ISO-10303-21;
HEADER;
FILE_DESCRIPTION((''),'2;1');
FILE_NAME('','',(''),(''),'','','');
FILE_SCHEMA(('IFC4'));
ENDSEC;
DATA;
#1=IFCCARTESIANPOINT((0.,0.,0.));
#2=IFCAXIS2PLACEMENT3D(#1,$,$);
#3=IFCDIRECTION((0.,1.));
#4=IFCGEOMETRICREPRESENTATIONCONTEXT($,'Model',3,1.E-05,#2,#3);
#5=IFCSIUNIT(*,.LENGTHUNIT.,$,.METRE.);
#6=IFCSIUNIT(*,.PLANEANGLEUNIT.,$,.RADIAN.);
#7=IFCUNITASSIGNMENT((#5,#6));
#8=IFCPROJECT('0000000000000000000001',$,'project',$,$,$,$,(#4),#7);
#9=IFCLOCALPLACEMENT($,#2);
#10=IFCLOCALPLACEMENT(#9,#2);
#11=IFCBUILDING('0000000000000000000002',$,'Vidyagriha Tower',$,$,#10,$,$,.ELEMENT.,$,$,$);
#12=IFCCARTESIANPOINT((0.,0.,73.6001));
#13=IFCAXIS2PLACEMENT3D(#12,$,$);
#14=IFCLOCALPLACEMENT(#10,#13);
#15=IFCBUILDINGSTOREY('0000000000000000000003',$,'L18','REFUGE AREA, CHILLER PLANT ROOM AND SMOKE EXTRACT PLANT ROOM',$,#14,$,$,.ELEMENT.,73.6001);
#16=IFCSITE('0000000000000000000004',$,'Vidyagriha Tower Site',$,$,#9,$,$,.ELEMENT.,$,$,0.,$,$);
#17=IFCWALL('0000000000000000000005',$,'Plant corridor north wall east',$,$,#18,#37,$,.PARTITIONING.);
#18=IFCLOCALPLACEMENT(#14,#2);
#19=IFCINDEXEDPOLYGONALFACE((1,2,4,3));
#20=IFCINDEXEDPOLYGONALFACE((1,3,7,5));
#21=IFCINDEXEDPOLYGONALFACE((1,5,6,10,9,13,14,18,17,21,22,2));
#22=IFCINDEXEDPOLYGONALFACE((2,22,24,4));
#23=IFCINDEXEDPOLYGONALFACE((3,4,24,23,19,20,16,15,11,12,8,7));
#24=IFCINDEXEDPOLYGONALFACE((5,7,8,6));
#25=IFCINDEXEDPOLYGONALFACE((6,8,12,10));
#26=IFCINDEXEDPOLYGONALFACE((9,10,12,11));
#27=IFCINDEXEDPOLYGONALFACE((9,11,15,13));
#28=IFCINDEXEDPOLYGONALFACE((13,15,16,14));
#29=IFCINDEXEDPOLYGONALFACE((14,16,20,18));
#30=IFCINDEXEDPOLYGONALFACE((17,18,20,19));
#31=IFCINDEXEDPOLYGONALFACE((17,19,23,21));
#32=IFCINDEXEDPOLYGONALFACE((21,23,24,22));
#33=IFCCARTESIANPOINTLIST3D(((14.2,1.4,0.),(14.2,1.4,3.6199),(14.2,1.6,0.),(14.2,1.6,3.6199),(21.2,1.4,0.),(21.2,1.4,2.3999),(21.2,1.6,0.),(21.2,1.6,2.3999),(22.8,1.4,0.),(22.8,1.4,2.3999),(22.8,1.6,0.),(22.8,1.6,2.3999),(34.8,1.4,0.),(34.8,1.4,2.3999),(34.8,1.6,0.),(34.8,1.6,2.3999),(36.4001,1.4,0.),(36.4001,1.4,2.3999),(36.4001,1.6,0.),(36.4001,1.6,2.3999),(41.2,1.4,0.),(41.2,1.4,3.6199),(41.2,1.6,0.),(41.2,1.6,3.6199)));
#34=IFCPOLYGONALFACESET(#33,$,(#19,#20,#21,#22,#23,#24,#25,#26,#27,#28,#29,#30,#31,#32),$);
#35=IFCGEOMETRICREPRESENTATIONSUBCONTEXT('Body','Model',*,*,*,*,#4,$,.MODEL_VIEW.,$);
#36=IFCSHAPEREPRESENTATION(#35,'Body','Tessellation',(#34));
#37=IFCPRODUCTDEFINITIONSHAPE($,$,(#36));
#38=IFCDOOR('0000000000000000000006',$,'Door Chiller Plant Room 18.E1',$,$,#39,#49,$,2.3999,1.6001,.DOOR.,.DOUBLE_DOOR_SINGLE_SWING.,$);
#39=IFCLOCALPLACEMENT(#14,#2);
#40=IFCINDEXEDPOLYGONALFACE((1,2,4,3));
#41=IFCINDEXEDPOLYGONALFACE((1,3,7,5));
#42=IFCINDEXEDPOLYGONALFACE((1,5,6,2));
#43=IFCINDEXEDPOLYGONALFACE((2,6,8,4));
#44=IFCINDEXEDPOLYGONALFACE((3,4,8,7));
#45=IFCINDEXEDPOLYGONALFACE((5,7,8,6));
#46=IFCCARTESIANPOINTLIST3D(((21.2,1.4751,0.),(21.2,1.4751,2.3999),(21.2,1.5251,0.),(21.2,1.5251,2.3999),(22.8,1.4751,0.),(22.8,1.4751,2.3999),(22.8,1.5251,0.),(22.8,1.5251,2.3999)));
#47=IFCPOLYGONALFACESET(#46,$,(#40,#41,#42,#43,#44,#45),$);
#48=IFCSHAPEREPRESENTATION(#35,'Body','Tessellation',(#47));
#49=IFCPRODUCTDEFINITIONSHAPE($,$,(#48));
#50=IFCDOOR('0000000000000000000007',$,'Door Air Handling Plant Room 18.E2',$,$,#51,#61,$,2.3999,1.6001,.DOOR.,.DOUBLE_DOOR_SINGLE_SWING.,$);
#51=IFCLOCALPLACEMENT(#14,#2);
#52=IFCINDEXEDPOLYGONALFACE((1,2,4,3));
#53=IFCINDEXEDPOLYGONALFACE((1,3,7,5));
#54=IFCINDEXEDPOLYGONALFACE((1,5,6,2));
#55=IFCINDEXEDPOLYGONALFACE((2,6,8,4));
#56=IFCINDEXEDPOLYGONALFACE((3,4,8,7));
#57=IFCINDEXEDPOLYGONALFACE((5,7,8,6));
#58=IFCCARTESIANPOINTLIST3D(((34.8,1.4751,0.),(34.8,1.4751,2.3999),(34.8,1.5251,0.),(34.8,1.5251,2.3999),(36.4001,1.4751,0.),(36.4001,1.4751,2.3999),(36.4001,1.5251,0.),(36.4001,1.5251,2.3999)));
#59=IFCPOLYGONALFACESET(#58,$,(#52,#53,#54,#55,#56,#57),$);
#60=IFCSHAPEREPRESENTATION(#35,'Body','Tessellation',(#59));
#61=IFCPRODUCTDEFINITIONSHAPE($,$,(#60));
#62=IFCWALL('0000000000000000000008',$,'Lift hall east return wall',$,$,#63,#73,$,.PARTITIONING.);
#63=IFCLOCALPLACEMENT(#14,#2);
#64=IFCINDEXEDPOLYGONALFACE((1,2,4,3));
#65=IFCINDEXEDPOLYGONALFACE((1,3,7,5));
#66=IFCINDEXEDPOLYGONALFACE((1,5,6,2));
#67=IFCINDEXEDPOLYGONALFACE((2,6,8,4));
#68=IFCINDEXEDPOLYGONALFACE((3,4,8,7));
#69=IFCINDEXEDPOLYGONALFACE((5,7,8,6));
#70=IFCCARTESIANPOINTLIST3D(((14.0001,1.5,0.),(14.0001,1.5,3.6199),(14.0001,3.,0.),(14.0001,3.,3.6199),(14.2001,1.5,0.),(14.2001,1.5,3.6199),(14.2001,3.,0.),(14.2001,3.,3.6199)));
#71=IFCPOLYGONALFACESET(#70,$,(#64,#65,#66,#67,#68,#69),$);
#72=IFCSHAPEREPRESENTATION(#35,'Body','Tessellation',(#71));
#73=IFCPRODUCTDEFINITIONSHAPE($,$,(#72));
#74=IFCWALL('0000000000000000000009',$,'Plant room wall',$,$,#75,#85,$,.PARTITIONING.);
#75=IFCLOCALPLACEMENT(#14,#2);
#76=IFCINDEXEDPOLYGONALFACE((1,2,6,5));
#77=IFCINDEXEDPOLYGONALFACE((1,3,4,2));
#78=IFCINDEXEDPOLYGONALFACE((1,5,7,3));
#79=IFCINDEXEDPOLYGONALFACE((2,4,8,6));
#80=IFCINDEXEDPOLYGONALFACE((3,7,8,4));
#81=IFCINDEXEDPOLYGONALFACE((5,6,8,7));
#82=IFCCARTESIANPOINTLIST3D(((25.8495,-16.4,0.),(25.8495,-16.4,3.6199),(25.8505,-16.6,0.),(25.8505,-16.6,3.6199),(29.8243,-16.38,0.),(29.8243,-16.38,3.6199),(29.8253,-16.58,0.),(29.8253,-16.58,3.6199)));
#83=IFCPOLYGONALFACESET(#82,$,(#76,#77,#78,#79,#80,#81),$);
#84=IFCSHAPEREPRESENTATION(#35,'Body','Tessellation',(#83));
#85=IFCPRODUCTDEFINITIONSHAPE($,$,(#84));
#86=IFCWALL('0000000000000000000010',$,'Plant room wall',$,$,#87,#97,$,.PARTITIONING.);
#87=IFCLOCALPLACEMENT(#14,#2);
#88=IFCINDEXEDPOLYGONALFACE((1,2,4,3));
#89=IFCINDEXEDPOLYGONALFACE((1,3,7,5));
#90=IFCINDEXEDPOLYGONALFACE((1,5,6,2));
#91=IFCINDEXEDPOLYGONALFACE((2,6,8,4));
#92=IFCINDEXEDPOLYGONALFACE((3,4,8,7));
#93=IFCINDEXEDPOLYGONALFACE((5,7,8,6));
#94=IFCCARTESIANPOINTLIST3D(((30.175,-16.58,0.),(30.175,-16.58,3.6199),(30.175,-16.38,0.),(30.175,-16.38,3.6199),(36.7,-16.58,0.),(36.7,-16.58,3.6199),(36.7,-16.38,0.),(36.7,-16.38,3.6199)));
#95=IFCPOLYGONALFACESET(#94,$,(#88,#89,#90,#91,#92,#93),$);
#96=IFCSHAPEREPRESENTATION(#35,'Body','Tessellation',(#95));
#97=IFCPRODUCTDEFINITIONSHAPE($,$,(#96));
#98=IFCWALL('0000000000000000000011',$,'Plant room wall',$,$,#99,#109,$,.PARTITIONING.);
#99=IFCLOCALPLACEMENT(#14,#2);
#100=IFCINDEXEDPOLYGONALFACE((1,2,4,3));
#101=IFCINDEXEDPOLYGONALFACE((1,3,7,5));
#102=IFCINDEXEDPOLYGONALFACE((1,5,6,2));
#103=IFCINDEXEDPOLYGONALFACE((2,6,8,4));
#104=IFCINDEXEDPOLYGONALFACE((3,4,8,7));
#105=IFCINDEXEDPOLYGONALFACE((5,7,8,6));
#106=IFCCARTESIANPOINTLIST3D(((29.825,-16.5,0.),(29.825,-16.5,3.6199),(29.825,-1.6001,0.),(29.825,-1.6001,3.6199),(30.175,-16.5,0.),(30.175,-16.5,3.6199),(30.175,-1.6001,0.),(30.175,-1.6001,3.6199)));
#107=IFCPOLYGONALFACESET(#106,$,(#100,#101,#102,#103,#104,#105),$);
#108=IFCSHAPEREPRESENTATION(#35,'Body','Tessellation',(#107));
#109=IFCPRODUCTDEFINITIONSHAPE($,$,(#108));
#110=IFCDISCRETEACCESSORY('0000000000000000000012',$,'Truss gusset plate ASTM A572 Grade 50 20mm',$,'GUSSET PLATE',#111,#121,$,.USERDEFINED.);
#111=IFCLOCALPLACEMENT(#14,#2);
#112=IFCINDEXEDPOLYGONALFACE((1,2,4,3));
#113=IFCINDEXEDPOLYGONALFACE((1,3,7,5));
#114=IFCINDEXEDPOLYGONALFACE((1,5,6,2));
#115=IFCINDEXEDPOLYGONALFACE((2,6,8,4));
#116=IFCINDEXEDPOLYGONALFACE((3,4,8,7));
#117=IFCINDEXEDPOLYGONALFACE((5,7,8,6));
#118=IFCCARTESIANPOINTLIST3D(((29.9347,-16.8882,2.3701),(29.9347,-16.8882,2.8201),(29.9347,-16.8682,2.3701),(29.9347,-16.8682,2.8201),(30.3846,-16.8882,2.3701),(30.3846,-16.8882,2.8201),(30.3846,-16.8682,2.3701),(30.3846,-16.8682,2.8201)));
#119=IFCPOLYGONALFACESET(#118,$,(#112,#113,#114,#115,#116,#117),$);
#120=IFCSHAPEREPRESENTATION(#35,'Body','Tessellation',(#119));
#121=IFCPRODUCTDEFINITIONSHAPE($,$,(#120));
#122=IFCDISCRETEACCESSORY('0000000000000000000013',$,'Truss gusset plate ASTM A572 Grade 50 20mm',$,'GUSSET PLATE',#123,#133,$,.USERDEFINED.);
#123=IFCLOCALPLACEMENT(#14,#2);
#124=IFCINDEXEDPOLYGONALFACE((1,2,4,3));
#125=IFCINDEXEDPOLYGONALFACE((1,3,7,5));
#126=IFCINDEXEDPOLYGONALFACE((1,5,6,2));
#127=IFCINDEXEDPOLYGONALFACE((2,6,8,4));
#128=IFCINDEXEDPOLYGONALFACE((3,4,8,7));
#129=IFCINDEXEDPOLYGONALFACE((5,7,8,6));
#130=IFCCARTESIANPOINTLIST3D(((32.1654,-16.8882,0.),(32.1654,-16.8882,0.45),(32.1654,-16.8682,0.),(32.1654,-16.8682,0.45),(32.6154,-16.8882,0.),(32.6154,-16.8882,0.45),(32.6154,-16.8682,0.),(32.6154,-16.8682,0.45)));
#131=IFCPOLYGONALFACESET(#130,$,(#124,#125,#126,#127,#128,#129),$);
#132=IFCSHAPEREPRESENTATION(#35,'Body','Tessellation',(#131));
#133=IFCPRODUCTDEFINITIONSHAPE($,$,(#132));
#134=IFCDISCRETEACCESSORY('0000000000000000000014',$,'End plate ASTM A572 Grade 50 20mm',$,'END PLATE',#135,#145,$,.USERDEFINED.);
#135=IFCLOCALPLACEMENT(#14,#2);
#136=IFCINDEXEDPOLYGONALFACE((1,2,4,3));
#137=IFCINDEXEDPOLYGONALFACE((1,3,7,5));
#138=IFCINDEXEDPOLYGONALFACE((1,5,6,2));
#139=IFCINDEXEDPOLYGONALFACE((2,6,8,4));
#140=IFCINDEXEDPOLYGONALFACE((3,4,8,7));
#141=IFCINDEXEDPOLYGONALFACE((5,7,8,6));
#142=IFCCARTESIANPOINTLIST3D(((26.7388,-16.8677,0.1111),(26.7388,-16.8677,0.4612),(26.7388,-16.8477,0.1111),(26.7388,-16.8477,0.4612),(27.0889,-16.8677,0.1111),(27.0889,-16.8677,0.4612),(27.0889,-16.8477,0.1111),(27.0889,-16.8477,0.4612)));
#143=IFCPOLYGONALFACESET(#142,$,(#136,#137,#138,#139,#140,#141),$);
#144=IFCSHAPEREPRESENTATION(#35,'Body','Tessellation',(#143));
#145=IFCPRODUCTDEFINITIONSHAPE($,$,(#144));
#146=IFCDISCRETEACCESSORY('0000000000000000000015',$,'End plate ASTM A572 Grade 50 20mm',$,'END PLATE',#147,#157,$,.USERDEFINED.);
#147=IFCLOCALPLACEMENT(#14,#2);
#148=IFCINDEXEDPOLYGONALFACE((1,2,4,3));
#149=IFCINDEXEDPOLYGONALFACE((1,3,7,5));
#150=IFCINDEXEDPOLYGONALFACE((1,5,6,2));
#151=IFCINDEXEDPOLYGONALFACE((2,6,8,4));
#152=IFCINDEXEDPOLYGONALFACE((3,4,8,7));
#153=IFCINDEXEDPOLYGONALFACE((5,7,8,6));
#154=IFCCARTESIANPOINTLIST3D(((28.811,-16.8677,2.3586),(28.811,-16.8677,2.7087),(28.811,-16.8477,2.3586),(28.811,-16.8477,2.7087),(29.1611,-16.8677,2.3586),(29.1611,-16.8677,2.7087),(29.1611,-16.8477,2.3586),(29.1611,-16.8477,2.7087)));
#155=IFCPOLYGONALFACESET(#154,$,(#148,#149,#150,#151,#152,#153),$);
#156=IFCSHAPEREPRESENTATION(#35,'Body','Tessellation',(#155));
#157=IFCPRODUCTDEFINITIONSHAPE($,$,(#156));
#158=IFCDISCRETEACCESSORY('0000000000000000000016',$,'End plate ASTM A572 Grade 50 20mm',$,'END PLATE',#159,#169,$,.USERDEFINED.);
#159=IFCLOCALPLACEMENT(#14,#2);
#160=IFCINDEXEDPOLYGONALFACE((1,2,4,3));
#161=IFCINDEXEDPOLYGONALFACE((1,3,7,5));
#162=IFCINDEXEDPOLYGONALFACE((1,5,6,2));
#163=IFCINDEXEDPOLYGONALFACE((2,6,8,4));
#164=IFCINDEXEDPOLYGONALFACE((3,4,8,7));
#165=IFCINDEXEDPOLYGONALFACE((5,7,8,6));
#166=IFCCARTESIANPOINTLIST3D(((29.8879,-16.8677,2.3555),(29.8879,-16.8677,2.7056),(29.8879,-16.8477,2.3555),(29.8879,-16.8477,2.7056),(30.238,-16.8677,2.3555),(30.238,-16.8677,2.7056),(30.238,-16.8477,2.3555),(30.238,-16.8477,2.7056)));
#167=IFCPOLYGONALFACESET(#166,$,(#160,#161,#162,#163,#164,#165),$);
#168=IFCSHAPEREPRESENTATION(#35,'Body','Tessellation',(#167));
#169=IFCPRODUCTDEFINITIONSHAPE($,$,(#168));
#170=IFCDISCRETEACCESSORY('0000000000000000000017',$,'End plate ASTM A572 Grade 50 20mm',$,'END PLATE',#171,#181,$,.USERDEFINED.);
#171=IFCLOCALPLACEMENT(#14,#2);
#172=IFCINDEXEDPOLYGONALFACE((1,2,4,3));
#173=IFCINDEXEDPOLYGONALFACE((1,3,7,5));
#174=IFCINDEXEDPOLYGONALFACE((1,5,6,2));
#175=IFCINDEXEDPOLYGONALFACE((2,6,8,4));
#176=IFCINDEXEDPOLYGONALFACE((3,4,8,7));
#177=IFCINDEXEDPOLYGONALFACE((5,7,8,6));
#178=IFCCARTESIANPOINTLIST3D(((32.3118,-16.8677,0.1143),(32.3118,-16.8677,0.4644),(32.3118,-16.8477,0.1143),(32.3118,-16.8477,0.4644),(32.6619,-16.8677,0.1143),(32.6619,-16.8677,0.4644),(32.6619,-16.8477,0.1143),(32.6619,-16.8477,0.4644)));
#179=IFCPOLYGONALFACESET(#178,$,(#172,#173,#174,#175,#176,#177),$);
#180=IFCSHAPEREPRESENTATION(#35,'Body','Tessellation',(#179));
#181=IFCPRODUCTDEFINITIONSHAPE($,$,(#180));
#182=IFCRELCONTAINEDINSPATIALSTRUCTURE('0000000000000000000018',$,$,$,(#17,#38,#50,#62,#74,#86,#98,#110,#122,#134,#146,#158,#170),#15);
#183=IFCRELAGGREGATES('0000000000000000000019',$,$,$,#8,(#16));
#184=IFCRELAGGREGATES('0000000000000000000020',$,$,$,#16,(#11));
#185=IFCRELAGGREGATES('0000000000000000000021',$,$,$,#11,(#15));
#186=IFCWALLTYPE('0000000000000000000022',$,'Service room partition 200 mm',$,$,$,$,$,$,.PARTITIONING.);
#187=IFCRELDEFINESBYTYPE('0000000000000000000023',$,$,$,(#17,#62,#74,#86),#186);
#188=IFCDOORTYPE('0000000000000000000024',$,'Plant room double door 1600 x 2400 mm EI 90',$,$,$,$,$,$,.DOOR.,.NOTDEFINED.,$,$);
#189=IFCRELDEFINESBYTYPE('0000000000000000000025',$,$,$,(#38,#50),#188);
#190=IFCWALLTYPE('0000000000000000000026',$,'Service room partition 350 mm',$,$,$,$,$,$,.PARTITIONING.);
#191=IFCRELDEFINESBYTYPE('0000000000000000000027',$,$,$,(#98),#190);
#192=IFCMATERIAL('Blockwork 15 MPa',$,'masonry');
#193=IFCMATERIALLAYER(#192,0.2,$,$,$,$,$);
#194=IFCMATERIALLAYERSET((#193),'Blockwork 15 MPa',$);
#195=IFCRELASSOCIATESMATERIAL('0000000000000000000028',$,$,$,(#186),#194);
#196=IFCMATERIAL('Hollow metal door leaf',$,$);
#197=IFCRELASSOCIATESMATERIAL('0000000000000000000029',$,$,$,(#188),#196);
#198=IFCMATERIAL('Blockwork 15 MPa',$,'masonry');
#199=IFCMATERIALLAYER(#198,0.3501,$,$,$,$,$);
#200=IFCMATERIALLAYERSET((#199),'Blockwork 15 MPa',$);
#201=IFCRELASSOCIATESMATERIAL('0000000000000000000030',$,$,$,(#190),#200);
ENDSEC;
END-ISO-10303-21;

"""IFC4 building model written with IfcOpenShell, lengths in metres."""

from ifc_helpers import new_model, si_unit, direction, frame, frame_2d, origin, origin_2d, place, context, subcontext, project, spatial, rectangle, extrude, material, layer, layer_set, type_object, element, fill, save


model = new_model("IFC4")

# Units and contexts
model_context = context("Model", 3, precision=1e-05, world=origin(), true_north=direction((0.0, 1.0)))
body_context = subcontext(model_context, "Body", "Model", "MODEL_VIEW")
ifc_project = project(units=[si_unit("LENGTHUNIT", "METRE"), si_unit("PLANEANGLEUNIT", "RADIAN")], contexts=[model_context])

# Site, building, storey
site_placement = place(None, origin())
site = spatial("IfcSite", under=ifc_project, at=site_placement, Name="Vidyagriha Tower Site", CompositionType="ELEMENT", RefElevation=0.0)
building_placement = place(site_placement, origin())
building = spatial("IfcBuilding", under=site, at=building_placement, Name="Vidyagriha Tower", CompositionType="ELEMENT")
storey_placement = place(building_placement, frame((0.0, 0.0, 73.6001)))
storey = spatial("IfcBuildingStorey", under=building, at=storey_placement, Name="L18", Description="REFUGE AREA, CHILLER PLANT ROOM AND SMOKE EXTRACT PLANT ROOM", CompositionType="ELEMENT", Elevation=73.6001)

# Wall, openings, doors
ifc_material_1 = material(Name="Blockwork 15 MPa", Category="masonry")
ifc_layer_1 = layer(ifc_material_1, 0.2)
ifc_layer_set_1 = layer_set([ifc_layer_1], Name="Blockwork 15 MPa")
wall_type_1 = type_object("IfcWallType", Name="Service room partition 200 mm", PredefinedType="PARTITIONING", material=ifc_layer_set_1)
wall_1_placement = place(storey_placement, frame((14.2, 1.5, 0.0)))
wall_1 = element("IfcWall", 1, at=wall_1_placement, inside=storey, type_object=wall_type_1, Name="Plant corridor north wall east", PredefinedType="PARTITIONING", context=body_context, shape_type="SweptSolid", body=[
    extrude(rectangle(XDim=27.0, YDim=0.2, at=frame_2d((13.5, 0.0))), origin(), (0.0, 0.0, 1.0), 3.6199),
])
opening_1_placement = place(wall_1_placement, frame((7.0, 0.0, 0.0)))
opening_1 = element("IfcOpeningElement", 2, at=opening_1_placement, cuts=wall_1, PredefinedType="OPENING", context=body_context, shape_type="SweptSolid", body=[
    extrude(rectangle(XDim=1.6001, YDim=2.3999, at=frame_2d((0.8, 1.2))), frame((0.0, 0.1099, 0.0), z_axis=(0.0, -1.0, 0.0), x_axis=(1.0, 0.0, 0.0)), (0.0, 0.0, 1.0), 0.22),
])
opening_2_placement = place(wall_1_placement, frame((20.6001, 0.0, 0.0)))
opening_2 = element("IfcOpeningElement", 3, at=opening_2_placement, cuts=wall_1, PredefinedType="OPENING", context=body_context, shape_type="SweptSolid", body=[
    extrude(rectangle(XDim=1.6001, YDim=2.3999, at=frame_2d((0.8, 1.2))), frame((0.0, 0.1099, 0.0), z_axis=(0.0, -1.0, 0.0), x_axis=(1.0, 0.0, 0.0)), (0.0, 0.0, 1.0), 0.22),
])
ifc_material_2 = material(Name="Hollow metal door leaf")
door_type = type_object("IfcDoorType", Name="Plant room double door 1600 x 2400 mm EI 90", OperationType="NOTDEFINED", PredefinedType="DOOR", material=ifc_material_2)
door_1_placement = place(opening_1_placement, frame((1.6001, 0.0, 0.0), z_axis=(0.0, 0.0, 1.0), x_axis=(-1.0, 0.0, 0.0)))
door_1 = element("IfcDoor", 4, at=door_1_placement, inside=storey, type_object=door_type, Name="Door Chiller Plant Room 18.E1", OperationType="DOUBLE_DOOR_SINGLE_SWING", OverallHeight=2.3999, OverallWidth=1.6001, PredefinedType="DOOR", context=body_context, shape_type="SweptSolid", body=[
    extrude(rectangle(XDim=1.6001, YDim=2.3999, at=frame_2d((0.8, 1.2))), frame((0.0, 0.0249, 0.0), z_axis=(0.0, -1.0, 0.0), x_axis=(1.0, 0.0, 0.0)), (0.0, 0.0, 1.0), 0.05),
])
fill(opening_1, door_1)
door_2_placement = place(opening_2_placement, frame((1.6001, 0.0, 0.0), z_axis=(0.0, 0.0, 1.0), x_axis=(-1.0, 0.0, 0.0)))
door_2 = element("IfcDoor", 5, at=door_2_placement, inside=storey, type_object=door_type, Name="Door Air Handling Plant Room 18.E2", OperationType="DOUBLE_DOOR_SINGLE_SWING", OverallHeight=2.3999, OverallWidth=1.6001, PredefinedType="DOOR", context=body_context, shape_type="SweptSolid", body=[
    extrude(rectangle(XDim=1.6001, YDim=2.3999, at=frame_2d((0.8, 1.2))), frame((0.0, 0.0249, 0.0), z_axis=(0.0, -1.0, 0.0), x_axis=(1.0, 0.0, 0.0)), (0.0, 0.0, 1.0), 0.05),
])
fill(opening_2, door_2)

# Walls
wall_2_placement = place(storey_placement, frame((14.1001, 1.5, 0.0), z_axis=(0.0, 0.0, 1.0), x_axis=(0.0, 1.0, 0.0)))
element("IfcWall", 6, at=wall_2_placement, inside=storey, type_object=wall_type_1, Name="Lift hall east return wall", PredefinedType="PARTITIONING", context=body_context, shape_type="SweptSolid", body=[
    extrude(rectangle(XDim=1.5, YDim=0.2, at=frame_2d((0.75, 0.0))), origin(), (0.0, 0.0, 1.0), 3.6199),
])
wall_3_placement = place(storey_placement, frame((25.8501, -16.5, 0.0), z_axis=(0.0, 0.0, 1.0), x_axis=(0.999987, 0.005036, 0.0)))
element("IfcWall", 7, at=wall_3_placement, inside=storey, type_object=wall_type_1, Name="Plant room wall", PredefinedType="PARTITIONING", context=body_context, shape_type="SweptSolid", body=[
    extrude(rectangle(XDim=3.9749, YDim=0.2, at=frame_2d((1.9873, 0.0))), origin(), (0.0, 0.0, 1.0), 3.6199),
])
wall_4_placement = place(storey_placement, frame((30.175, -16.48, 0.0)))
element("IfcWall", 8, at=wall_4_placement, inside=storey, type_object=wall_type_1, Name="Plant room wall", PredefinedType="PARTITIONING", context=body_context, shape_type="SweptSolid", body=[
    extrude(rectangle(XDim=6.5249, YDim=0.2, at=frame_2d((3.2625, 0.0))), origin(), (0.0, 0.0, 1.0), 3.6199),
])
ifc_material_3 = material(Name="Blockwork 15 MPa", Category="masonry")
ifc_layer_2 = layer(ifc_material_3, 0.3501)
ifc_layer_set_2 = layer_set([ifc_layer_2], Name="Blockwork 15 MPa")
wall_type_2 = type_object("IfcWallType", Name="Service room partition 350 mm", PredefinedType="PARTITIONING", material=ifc_layer_set_2)
wall_5_placement = place(storey_placement, frame((30.0, -16.5, 0.0), z_axis=(0.0, 0.0, 1.0), x_axis=(0.0, 1.0, 0.0)))
element("IfcWall", 9, at=wall_5_placement, inside=storey, type_object=wall_type_2, Name="Plant room wall", PredefinedType="PARTITIONING", context=body_context, shape_type="SweptSolid", body=[
    extrude(rectangle(XDim=14.8999, YDim=0.3501, at=frame_2d((7.45, 0.0))), origin(), (0.0, 0.0, 1.0), 3.6199),
])

# Discrete accessories
for number, where, name in (
    (10, (30.1597, -16.8782, 2.3701), "Truss gusset plate ASTM A572 Grade 50 20mm"),
    (11, (32.3904, -16.8782, 0.0), "Truss gusset plate ASTM A572 Grade 50 20mm"),
):
    element("IfcDiscreteAccessory", number, at=place(storey_placement, frame(where)), inside=storey, Name=name, ObjectType="GUSSET PLATE", PredefinedType="USERDEFINED", context=body_context, shape_type="SweptSolid", body=[
        extrude(rectangle(XDim=0.45, YDim=0.02, at=origin_2d()), origin(), (0.0, 0.0, 1.0), 0.45),
    ])
discrete_accessory_1_placement = place(storey_placement, frame((26.9138, -16.8577, 0.1111), z_axis=(0.0, 0.0, 1.0), x_axis=(-1.0, 0.0, 0.0)))
element("IfcDiscreteAccessory", 12, at=discrete_accessory_1_placement, inside=storey, Name="End plate ASTM A572 Grade 50 20mm", ObjectType="END PLATE", PredefinedType="USERDEFINED", context=body_context, shape_type="SweptSolid", body=[
    extrude(rectangle(XDim=0.3501, YDim=0.02, at=origin_2d()), origin(), (0.0, 0.0, 1.0), 0.3501),
])
discrete_accessory_2_placement = place(storey_placement, frame((28.9861, -16.8577, 2.3586)))
element("IfcDiscreteAccessory", 13, at=discrete_accessory_2_placement, inside=storey, Name="End plate ASTM A572 Grade 50 20mm", ObjectType="END PLATE", PredefinedType="USERDEFINED", context=body_context, shape_type="SweptSolid", body=[
    extrude(rectangle(XDim=0.3501, YDim=0.02, at=origin_2d()), origin(), (0.0, 0.0, 1.0), 0.3501),
])
discrete_accessory_3_placement = place(storey_placement, frame((30.063, -16.8577, 2.3555), z_axis=(0.0, 0.0, 1.0), x_axis=(-1.0, 0.0, 0.0)))
element("IfcDiscreteAccessory", 14, at=discrete_accessory_3_placement, inside=storey, Name="End plate ASTM A572 Grade 50 20mm", ObjectType="END PLATE", PredefinedType="USERDEFINED", context=body_context, shape_type="SweptSolid", body=[
    extrude(rectangle(XDim=0.3501, YDim=0.02, at=origin_2d()), origin(), (0.0, 0.0, 1.0), 0.3501),
])
discrete_accessory_4_placement = place(storey_placement, frame((32.4868, -16.8577, 0.1143)))
element("IfcDiscreteAccessory", 15, at=discrete_accessory_4_placement, inside=storey, Name="End plate ASTM A572 Grade 50 20mm", ObjectType="END PLATE", PredefinedType="USERDEFINED", context=body_context, shape_type="SweptSolid", body=[
    extrude(rectangle(XDim=0.3501, YDim=0.02, at=origin_2d()), origin(), (0.0, 0.0, 1.0), 0.3501),
])

save(model, "model.ifc")
